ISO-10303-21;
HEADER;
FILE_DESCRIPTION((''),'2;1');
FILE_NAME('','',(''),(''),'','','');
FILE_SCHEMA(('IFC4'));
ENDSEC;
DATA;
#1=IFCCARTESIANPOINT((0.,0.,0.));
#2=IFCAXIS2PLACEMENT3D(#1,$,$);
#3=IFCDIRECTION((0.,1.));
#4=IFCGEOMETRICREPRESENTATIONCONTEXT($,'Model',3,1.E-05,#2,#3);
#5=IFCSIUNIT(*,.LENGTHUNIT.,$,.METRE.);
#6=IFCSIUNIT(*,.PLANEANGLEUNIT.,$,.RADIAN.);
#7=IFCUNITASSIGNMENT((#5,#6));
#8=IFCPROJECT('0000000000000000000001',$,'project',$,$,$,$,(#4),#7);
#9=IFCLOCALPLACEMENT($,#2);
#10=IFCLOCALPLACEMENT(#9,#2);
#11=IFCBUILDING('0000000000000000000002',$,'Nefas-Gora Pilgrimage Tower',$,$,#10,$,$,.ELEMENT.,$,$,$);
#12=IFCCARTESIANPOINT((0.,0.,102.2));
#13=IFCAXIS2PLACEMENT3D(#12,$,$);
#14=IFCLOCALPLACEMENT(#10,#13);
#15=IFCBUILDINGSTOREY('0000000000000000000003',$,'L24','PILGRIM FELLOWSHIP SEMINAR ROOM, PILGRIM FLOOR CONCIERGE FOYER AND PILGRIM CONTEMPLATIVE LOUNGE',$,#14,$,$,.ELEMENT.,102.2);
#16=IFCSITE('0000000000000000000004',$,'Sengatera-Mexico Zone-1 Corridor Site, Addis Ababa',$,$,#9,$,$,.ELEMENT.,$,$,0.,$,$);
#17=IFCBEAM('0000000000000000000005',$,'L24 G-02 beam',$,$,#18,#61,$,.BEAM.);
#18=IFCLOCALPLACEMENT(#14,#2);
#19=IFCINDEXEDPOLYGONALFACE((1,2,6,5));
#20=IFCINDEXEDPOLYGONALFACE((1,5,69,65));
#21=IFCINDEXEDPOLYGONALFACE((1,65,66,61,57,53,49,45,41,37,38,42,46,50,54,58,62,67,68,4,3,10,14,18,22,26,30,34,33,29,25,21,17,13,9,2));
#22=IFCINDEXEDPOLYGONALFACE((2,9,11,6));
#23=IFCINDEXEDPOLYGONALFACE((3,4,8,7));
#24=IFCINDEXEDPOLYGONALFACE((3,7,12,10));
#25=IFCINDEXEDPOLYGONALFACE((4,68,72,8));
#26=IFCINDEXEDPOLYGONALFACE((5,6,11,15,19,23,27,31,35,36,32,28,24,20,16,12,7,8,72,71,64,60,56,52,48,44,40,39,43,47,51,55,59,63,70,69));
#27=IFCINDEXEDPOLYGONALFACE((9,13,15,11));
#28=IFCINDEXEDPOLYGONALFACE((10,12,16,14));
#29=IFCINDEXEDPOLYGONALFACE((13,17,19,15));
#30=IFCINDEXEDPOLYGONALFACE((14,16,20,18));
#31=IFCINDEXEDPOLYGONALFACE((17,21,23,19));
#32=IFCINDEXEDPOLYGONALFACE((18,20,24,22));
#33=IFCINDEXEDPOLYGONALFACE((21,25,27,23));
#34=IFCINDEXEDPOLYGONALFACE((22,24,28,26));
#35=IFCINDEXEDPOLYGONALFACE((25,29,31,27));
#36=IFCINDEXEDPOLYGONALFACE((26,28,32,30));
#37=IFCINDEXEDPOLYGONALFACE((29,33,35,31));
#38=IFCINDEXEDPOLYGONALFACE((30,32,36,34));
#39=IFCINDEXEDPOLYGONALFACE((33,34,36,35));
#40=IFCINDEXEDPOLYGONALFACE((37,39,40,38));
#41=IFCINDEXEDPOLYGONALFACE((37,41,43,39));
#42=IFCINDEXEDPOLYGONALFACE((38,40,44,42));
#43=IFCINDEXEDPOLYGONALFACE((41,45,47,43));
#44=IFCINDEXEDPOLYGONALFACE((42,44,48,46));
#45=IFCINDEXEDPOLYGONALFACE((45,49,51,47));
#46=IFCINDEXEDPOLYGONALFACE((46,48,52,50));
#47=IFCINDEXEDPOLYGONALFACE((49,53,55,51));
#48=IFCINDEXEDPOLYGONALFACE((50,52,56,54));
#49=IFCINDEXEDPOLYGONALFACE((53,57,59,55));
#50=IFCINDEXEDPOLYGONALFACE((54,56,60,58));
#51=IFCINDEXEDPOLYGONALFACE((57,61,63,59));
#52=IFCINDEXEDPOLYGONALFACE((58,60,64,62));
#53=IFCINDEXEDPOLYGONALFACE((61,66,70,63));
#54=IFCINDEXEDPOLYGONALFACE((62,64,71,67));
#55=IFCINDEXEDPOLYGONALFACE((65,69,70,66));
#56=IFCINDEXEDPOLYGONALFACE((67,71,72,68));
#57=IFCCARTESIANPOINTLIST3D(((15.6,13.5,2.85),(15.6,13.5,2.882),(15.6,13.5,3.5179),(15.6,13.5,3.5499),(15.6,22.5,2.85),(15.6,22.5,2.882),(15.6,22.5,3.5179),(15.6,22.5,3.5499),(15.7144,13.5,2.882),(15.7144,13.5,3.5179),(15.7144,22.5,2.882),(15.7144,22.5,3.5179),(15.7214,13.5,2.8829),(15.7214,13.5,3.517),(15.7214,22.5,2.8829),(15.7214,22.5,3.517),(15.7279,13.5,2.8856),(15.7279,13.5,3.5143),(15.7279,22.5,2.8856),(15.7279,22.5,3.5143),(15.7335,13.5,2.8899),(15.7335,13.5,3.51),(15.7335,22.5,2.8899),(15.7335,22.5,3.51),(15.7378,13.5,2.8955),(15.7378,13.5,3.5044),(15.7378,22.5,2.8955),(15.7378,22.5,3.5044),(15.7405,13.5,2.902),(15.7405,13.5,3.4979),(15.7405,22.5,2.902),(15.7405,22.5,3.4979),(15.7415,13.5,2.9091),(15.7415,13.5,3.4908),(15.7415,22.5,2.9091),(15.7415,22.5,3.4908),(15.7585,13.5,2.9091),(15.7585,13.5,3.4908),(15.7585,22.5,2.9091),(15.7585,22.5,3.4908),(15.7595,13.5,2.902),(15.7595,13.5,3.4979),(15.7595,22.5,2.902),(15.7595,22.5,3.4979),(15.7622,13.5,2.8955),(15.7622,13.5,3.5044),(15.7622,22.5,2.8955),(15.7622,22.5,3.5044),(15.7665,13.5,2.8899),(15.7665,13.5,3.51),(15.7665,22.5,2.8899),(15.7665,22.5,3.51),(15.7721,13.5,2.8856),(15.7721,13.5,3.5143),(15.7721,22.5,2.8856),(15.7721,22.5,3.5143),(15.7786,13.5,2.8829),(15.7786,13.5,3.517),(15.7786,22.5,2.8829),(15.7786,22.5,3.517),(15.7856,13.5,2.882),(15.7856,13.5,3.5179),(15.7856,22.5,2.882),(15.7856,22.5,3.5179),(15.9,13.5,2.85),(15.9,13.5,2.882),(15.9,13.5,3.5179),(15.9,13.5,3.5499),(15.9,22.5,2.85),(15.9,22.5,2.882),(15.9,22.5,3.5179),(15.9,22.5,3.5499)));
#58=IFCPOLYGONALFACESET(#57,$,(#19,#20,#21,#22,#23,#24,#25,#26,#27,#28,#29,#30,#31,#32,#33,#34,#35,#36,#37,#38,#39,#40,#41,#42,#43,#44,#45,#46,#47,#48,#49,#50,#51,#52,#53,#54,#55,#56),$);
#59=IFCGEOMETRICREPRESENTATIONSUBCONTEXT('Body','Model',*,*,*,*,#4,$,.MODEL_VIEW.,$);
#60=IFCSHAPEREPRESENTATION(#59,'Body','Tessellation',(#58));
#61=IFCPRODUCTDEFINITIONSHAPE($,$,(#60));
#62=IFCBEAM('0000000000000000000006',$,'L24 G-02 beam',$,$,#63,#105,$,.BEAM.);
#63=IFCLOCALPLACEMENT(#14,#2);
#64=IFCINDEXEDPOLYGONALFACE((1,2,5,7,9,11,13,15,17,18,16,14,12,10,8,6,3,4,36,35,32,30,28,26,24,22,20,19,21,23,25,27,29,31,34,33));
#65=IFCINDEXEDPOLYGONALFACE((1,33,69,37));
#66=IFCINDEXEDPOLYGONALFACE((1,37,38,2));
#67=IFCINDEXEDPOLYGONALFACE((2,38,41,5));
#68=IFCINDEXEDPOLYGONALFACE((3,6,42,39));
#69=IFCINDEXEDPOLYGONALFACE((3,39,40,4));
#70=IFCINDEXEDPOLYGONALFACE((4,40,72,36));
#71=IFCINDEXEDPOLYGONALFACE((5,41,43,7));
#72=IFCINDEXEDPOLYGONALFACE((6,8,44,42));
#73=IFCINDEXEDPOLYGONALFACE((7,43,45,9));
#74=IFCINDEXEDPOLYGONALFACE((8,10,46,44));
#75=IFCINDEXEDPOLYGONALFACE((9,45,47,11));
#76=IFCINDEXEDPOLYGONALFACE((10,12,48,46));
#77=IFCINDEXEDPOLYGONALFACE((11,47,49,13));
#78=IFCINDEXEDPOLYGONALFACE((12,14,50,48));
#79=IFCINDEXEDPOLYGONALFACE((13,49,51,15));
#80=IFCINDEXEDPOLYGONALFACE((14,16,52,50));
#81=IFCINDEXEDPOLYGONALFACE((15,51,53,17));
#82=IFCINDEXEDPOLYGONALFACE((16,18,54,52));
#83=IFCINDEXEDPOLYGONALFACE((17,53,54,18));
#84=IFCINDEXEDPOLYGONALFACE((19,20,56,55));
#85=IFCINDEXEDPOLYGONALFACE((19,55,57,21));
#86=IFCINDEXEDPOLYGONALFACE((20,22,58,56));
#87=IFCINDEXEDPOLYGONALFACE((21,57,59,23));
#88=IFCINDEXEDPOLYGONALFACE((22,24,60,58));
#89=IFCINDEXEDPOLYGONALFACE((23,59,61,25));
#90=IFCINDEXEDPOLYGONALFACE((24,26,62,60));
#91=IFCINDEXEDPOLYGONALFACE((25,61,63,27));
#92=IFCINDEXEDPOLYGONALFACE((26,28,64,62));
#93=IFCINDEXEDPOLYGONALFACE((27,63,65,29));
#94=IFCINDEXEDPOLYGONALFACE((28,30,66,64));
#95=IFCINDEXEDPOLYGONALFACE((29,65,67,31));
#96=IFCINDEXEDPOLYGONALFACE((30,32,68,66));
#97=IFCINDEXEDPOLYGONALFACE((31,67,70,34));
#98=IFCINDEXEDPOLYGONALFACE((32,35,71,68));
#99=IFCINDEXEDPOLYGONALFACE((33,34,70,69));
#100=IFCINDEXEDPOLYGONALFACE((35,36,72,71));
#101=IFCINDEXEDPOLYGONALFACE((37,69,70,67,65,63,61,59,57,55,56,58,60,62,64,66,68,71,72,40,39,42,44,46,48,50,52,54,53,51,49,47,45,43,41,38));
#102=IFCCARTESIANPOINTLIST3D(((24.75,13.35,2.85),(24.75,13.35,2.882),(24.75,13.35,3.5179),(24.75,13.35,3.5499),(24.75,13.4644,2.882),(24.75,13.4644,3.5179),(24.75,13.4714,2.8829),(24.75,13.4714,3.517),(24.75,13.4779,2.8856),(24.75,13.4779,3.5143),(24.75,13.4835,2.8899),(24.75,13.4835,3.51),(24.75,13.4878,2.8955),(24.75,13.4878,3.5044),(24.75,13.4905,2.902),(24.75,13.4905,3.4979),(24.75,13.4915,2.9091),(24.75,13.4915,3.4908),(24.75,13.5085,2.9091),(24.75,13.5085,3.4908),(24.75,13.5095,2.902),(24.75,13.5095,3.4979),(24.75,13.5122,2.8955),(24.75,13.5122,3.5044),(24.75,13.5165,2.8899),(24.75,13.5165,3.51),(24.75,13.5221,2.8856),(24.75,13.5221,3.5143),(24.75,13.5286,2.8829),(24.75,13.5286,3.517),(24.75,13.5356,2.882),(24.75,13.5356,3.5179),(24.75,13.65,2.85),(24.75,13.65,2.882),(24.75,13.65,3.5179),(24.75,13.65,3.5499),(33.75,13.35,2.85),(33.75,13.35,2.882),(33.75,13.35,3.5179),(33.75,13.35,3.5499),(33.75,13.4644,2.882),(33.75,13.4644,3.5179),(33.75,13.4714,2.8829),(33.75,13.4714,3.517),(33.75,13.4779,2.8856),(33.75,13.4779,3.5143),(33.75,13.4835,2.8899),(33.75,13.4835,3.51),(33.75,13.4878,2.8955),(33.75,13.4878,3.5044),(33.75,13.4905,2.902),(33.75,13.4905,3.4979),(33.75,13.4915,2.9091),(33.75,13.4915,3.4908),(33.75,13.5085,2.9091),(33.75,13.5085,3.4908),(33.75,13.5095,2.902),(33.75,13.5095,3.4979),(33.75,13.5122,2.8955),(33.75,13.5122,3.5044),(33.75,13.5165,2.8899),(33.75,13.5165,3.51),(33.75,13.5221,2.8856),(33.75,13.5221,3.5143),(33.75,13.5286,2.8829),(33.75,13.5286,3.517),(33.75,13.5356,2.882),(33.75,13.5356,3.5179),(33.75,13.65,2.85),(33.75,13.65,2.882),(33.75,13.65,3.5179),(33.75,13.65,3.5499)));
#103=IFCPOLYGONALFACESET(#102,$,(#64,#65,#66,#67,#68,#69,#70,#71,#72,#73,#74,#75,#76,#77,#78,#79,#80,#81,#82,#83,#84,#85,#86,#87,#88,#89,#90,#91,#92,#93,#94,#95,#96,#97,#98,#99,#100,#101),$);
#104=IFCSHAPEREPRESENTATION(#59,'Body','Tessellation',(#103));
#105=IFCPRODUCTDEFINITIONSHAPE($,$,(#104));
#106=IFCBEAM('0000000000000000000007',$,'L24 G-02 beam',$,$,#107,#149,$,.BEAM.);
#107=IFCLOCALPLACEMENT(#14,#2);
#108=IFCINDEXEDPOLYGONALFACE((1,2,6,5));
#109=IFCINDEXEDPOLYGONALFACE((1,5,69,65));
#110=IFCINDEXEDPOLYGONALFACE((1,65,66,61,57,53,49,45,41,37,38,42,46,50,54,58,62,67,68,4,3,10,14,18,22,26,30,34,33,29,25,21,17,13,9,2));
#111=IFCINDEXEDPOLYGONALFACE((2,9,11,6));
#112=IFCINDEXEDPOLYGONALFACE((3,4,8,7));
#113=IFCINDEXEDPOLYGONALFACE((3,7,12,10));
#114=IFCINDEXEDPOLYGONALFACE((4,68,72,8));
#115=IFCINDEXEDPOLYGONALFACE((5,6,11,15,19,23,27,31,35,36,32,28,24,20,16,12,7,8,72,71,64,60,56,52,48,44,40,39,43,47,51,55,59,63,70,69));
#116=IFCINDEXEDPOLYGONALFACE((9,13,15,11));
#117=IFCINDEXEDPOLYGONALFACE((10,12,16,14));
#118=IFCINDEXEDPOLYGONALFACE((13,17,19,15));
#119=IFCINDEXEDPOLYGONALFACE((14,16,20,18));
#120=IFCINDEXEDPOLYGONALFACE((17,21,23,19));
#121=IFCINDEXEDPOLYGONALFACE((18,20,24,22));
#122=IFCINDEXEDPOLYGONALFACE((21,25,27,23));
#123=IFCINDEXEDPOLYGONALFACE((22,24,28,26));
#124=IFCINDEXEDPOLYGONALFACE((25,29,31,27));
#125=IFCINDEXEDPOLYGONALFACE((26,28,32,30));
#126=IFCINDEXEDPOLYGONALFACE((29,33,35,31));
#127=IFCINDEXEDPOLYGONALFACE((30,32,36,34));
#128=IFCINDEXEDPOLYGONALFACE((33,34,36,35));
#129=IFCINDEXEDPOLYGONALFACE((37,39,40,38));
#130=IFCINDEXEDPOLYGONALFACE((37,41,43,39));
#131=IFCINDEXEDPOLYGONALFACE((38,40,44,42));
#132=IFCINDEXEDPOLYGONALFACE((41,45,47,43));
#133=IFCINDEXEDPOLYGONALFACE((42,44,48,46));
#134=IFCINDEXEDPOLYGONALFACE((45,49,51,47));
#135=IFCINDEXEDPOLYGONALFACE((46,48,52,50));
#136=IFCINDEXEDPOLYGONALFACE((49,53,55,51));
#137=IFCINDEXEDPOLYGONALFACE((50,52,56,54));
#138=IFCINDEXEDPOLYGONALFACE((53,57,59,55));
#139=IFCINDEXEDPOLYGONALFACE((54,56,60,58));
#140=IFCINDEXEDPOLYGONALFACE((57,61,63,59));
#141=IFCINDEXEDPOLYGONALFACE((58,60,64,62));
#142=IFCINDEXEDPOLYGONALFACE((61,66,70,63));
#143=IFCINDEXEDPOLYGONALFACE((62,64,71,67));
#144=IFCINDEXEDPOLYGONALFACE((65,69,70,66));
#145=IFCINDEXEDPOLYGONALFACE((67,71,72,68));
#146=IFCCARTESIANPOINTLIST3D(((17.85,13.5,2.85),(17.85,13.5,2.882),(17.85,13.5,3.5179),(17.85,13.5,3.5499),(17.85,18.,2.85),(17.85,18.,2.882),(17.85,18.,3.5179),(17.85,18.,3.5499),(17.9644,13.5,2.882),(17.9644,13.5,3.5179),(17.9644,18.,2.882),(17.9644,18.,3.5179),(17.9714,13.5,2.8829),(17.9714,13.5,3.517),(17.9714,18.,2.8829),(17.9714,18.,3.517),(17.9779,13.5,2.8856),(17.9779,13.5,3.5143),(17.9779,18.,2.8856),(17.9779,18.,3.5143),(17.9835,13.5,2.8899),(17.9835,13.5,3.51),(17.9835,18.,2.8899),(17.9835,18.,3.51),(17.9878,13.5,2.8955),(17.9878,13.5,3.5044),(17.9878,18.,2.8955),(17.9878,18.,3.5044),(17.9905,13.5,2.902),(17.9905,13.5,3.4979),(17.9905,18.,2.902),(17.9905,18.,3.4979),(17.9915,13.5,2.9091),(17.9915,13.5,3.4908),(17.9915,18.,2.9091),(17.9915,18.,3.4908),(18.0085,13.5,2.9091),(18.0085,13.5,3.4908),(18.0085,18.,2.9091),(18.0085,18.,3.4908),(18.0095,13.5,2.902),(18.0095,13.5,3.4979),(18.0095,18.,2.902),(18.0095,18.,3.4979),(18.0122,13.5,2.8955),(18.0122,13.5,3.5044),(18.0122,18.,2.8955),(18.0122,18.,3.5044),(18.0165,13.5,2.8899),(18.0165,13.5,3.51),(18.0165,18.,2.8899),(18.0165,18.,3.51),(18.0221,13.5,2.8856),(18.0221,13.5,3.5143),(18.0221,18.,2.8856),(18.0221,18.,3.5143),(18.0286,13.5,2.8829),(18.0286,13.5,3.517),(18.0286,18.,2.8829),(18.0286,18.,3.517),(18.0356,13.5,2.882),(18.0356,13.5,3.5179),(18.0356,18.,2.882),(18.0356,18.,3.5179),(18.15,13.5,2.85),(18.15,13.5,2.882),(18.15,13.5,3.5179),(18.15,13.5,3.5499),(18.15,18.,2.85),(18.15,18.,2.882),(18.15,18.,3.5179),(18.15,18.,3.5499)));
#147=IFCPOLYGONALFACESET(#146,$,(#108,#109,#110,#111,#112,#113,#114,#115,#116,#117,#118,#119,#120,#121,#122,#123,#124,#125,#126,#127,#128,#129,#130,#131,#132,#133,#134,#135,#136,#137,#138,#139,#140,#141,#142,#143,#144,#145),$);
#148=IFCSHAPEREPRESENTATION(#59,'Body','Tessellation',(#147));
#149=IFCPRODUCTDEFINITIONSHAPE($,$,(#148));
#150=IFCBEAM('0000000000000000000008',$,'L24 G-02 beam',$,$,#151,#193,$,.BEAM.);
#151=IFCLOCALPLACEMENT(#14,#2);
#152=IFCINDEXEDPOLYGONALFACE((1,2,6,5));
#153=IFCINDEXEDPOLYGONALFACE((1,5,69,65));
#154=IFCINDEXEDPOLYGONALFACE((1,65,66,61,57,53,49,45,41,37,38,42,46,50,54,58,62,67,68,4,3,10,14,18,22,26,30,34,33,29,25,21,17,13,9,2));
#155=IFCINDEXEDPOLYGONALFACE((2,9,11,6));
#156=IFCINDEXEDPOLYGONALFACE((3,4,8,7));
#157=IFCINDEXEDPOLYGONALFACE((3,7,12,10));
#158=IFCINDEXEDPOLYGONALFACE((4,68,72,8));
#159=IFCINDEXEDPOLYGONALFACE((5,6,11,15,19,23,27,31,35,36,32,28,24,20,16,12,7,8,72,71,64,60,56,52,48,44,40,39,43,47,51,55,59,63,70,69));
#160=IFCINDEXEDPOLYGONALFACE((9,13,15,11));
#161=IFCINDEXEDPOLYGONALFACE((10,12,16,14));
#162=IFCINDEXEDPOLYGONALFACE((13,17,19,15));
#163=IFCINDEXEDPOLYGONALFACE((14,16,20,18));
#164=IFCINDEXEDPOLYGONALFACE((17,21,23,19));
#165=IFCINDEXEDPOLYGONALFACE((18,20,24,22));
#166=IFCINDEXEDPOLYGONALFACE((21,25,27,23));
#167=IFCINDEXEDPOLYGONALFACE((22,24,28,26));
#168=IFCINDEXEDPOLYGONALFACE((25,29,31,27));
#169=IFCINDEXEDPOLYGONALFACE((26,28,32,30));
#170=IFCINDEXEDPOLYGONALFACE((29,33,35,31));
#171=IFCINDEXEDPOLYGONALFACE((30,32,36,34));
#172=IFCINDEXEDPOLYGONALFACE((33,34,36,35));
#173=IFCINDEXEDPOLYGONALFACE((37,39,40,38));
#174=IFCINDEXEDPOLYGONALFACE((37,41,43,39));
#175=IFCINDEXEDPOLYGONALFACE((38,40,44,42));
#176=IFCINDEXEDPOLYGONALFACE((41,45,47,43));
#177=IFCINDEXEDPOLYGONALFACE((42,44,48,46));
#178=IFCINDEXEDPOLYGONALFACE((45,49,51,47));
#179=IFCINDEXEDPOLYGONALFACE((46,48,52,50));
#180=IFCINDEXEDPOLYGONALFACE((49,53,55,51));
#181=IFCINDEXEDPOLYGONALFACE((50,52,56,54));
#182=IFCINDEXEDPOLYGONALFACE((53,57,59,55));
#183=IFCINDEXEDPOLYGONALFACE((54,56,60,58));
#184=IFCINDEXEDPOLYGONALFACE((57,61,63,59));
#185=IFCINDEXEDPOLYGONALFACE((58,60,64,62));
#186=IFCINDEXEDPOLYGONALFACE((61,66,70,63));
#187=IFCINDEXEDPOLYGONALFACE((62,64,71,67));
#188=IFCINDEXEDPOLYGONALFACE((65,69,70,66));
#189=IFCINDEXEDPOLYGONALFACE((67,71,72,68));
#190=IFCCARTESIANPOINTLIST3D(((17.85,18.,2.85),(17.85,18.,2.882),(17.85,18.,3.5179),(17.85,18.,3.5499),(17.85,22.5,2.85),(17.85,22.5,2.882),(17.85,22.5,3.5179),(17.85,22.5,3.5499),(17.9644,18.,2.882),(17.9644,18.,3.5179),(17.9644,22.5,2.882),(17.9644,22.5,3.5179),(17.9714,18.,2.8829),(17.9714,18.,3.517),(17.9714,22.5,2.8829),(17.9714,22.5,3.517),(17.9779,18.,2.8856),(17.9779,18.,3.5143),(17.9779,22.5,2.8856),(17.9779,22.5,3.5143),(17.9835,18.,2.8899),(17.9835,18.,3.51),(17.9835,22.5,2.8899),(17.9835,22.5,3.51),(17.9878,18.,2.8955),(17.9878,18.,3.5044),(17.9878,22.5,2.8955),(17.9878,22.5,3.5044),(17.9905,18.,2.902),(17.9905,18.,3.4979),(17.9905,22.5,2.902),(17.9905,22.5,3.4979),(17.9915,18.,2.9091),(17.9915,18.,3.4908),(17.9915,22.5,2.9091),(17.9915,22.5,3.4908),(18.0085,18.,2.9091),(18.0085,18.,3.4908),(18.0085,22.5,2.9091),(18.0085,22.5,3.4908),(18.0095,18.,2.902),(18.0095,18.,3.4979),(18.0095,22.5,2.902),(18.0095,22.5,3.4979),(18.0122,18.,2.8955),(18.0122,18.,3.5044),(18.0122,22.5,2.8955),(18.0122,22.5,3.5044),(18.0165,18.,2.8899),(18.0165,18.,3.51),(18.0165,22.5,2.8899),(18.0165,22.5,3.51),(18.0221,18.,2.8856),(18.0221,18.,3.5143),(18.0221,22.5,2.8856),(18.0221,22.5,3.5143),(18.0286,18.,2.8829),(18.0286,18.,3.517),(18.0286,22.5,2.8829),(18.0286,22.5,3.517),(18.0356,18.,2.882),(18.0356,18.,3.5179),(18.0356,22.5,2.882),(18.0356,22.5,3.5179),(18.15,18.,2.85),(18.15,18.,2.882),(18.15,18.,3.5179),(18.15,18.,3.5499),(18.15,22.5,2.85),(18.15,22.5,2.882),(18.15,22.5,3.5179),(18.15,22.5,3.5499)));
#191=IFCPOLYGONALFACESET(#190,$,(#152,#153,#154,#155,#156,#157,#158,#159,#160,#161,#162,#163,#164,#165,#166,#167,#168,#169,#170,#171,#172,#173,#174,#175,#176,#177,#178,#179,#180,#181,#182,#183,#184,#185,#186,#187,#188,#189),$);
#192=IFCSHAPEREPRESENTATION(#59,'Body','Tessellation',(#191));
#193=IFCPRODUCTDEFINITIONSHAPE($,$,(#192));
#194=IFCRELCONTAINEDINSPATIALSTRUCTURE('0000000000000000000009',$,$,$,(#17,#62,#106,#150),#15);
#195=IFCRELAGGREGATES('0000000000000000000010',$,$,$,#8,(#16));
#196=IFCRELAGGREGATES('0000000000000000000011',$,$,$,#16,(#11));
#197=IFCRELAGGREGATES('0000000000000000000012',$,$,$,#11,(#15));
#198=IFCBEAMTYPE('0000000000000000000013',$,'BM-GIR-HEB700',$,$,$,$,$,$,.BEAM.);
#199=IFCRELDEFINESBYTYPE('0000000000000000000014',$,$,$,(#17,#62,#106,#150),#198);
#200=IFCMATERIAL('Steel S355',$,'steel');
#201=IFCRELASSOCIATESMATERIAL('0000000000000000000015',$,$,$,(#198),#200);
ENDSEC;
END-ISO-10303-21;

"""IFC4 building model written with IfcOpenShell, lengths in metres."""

from ifc_helpers import new_model, si_unit, direction, frame, origin, origin_2d, place, context, subcontext, project, spatial, i_section, extrude, source, transform, mapped, material, material_profile, profile_set, type_object, element, save


model = new_model("IFC4")

# Units and contexts
model_context = context("Model", 3, precision=1e-05, world=origin(), true_north=direction((0.0, 1.0)))
body_context = subcontext(model_context, "Body", "Model", "MODEL_VIEW")
ifc_project = project(units=[si_unit("LENGTHUNIT", "METRE"), si_unit("PLANEANGLEUNIT", "RADIAN")], contexts=[model_context])

# Site, building, storey
site_placement = place(None, origin())
site = spatial("IfcSite", under=ifc_project, at=site_placement, Name="Sengatera-Mexico Zone-1 Corridor Site, Addis Ababa", CompositionType="ELEMENT", RefElevation=0.0)
building_placement = place(site_placement, origin())
building = spatial("IfcBuilding", under=site, at=building_placement, Name="Nefas-Gora Pilgrimage Tower", CompositionType="ELEMENT")
storey_placement = place(building_placement, frame((0.0, 0.0, 102.2)))
storey = spatial("IfcBuildingStorey", under=building, at=storey_placement, Name="L24", Description="PILGRIM FELLOWSHIP SEMINAR ROOM, PILGRIM FLOOR CONCIERGE FOYER AND PILGRIM CONTEMPLATIVE LOUNGE", CompositionType="ELEMENT", Elevation=102.2)

# Beams
ifc_material_1 = material(Name="Steel S355", Category="steel")
ifc_material_profile_1 = material_profile(ifc_material_1, i_section(OverallWidth=0.3, OverallDepth=0.7, WebThickness=0.0171, FlangeThickness=0.032, FilletRadius=0.0271, at=origin_2d()), Name="HEB 700")
ifc_profile_set_1 = profile_set([ifc_material_profile_1], Name="Steel S355")
beam_type_1 = type_object("IfcBeamType", Name="BM-GIR-HEB700", PredefinedType="BEAM", material=ifc_profile_set_1)
shared_shape_1 = source(origin(), body_context, "Body", "SweptSolid", [
    extrude(i_section(OverallWidth=0.3, OverallDepth=0.7, WebThickness=0.0171, FlangeThickness=0.032, FilletRadius=0.0271, at=origin_2d()), origin(), (0.0, 0.0, 1.0), 9.0),
])
for number, where, z_axis, x_axis, name in (
    (1, (15.75, 13.5, 3.2), (0.0, 1.0, 0.0), (-1.0, 0.0, 0.0), "L24 G-02 beam"),
    (2, (24.75, 13.5, 3.2), (1.0, 0.0, 0.0), (0.0, 1.0, 0.0), "L24 G-02 beam"),
):
    element("IfcBeam", number, at=place(storey_placement, frame(where, z_axis=z_axis, x_axis=x_axis)), inside=storey, type_object=beam_type_1, Name=name, PredefinedType="BEAM", context=body_context, shape_type="MappedRepresentation", body=[
        mapped(shared_shape_1, transform((0.0, 0.0, 0.0), x_axis=(1.0, 0.0, 0.0), y_axis=(0.0, 1.0, 0.0), z_axis=(0.0, 0.0, 1.0), scale=1.0)),
    ])
shared_shape_2 = source(origin(), body_context, "Body", "SweptSolid", [
    extrude(i_section(OverallWidth=0.3, OverallDepth=0.7, WebThickness=0.0171, FlangeThickness=0.032, FilletRadius=0.0271, at=origin_2d()), origin(), (0.0, 0.0, 1.0), 4.5),
])
for number, where, z_axis, x_axis, name in (
    (3, (18.0, 13.5, 3.2), (0.0, 1.0, 0.0), (-1.0, 0.0, 0.0), "L24 G-02 beam"),
    (4, (18.0, 18.0, 3.2), (0.0, 1.0, 0.0), (-1.0, 0.0, 0.0), "L24 G-02 beam"),
):
    element("IfcBeam", number, at=place(storey_placement, frame(where, z_axis=z_axis, x_axis=x_axis)), inside=storey, type_object=beam_type_1, Name=name, PredefinedType="BEAM", context=body_context, shape_type="MappedRepresentation", body=[
        mapped(shared_shape_2, transform((0.0, 0.0, 0.0), x_axis=(1.0, 0.0, 0.0), y_axis=(0.0, 1.0, 0.0), z_axis=(0.0, 0.0, 1.0), scale=1.0)),
    ])

save(model, "model.ifc")
